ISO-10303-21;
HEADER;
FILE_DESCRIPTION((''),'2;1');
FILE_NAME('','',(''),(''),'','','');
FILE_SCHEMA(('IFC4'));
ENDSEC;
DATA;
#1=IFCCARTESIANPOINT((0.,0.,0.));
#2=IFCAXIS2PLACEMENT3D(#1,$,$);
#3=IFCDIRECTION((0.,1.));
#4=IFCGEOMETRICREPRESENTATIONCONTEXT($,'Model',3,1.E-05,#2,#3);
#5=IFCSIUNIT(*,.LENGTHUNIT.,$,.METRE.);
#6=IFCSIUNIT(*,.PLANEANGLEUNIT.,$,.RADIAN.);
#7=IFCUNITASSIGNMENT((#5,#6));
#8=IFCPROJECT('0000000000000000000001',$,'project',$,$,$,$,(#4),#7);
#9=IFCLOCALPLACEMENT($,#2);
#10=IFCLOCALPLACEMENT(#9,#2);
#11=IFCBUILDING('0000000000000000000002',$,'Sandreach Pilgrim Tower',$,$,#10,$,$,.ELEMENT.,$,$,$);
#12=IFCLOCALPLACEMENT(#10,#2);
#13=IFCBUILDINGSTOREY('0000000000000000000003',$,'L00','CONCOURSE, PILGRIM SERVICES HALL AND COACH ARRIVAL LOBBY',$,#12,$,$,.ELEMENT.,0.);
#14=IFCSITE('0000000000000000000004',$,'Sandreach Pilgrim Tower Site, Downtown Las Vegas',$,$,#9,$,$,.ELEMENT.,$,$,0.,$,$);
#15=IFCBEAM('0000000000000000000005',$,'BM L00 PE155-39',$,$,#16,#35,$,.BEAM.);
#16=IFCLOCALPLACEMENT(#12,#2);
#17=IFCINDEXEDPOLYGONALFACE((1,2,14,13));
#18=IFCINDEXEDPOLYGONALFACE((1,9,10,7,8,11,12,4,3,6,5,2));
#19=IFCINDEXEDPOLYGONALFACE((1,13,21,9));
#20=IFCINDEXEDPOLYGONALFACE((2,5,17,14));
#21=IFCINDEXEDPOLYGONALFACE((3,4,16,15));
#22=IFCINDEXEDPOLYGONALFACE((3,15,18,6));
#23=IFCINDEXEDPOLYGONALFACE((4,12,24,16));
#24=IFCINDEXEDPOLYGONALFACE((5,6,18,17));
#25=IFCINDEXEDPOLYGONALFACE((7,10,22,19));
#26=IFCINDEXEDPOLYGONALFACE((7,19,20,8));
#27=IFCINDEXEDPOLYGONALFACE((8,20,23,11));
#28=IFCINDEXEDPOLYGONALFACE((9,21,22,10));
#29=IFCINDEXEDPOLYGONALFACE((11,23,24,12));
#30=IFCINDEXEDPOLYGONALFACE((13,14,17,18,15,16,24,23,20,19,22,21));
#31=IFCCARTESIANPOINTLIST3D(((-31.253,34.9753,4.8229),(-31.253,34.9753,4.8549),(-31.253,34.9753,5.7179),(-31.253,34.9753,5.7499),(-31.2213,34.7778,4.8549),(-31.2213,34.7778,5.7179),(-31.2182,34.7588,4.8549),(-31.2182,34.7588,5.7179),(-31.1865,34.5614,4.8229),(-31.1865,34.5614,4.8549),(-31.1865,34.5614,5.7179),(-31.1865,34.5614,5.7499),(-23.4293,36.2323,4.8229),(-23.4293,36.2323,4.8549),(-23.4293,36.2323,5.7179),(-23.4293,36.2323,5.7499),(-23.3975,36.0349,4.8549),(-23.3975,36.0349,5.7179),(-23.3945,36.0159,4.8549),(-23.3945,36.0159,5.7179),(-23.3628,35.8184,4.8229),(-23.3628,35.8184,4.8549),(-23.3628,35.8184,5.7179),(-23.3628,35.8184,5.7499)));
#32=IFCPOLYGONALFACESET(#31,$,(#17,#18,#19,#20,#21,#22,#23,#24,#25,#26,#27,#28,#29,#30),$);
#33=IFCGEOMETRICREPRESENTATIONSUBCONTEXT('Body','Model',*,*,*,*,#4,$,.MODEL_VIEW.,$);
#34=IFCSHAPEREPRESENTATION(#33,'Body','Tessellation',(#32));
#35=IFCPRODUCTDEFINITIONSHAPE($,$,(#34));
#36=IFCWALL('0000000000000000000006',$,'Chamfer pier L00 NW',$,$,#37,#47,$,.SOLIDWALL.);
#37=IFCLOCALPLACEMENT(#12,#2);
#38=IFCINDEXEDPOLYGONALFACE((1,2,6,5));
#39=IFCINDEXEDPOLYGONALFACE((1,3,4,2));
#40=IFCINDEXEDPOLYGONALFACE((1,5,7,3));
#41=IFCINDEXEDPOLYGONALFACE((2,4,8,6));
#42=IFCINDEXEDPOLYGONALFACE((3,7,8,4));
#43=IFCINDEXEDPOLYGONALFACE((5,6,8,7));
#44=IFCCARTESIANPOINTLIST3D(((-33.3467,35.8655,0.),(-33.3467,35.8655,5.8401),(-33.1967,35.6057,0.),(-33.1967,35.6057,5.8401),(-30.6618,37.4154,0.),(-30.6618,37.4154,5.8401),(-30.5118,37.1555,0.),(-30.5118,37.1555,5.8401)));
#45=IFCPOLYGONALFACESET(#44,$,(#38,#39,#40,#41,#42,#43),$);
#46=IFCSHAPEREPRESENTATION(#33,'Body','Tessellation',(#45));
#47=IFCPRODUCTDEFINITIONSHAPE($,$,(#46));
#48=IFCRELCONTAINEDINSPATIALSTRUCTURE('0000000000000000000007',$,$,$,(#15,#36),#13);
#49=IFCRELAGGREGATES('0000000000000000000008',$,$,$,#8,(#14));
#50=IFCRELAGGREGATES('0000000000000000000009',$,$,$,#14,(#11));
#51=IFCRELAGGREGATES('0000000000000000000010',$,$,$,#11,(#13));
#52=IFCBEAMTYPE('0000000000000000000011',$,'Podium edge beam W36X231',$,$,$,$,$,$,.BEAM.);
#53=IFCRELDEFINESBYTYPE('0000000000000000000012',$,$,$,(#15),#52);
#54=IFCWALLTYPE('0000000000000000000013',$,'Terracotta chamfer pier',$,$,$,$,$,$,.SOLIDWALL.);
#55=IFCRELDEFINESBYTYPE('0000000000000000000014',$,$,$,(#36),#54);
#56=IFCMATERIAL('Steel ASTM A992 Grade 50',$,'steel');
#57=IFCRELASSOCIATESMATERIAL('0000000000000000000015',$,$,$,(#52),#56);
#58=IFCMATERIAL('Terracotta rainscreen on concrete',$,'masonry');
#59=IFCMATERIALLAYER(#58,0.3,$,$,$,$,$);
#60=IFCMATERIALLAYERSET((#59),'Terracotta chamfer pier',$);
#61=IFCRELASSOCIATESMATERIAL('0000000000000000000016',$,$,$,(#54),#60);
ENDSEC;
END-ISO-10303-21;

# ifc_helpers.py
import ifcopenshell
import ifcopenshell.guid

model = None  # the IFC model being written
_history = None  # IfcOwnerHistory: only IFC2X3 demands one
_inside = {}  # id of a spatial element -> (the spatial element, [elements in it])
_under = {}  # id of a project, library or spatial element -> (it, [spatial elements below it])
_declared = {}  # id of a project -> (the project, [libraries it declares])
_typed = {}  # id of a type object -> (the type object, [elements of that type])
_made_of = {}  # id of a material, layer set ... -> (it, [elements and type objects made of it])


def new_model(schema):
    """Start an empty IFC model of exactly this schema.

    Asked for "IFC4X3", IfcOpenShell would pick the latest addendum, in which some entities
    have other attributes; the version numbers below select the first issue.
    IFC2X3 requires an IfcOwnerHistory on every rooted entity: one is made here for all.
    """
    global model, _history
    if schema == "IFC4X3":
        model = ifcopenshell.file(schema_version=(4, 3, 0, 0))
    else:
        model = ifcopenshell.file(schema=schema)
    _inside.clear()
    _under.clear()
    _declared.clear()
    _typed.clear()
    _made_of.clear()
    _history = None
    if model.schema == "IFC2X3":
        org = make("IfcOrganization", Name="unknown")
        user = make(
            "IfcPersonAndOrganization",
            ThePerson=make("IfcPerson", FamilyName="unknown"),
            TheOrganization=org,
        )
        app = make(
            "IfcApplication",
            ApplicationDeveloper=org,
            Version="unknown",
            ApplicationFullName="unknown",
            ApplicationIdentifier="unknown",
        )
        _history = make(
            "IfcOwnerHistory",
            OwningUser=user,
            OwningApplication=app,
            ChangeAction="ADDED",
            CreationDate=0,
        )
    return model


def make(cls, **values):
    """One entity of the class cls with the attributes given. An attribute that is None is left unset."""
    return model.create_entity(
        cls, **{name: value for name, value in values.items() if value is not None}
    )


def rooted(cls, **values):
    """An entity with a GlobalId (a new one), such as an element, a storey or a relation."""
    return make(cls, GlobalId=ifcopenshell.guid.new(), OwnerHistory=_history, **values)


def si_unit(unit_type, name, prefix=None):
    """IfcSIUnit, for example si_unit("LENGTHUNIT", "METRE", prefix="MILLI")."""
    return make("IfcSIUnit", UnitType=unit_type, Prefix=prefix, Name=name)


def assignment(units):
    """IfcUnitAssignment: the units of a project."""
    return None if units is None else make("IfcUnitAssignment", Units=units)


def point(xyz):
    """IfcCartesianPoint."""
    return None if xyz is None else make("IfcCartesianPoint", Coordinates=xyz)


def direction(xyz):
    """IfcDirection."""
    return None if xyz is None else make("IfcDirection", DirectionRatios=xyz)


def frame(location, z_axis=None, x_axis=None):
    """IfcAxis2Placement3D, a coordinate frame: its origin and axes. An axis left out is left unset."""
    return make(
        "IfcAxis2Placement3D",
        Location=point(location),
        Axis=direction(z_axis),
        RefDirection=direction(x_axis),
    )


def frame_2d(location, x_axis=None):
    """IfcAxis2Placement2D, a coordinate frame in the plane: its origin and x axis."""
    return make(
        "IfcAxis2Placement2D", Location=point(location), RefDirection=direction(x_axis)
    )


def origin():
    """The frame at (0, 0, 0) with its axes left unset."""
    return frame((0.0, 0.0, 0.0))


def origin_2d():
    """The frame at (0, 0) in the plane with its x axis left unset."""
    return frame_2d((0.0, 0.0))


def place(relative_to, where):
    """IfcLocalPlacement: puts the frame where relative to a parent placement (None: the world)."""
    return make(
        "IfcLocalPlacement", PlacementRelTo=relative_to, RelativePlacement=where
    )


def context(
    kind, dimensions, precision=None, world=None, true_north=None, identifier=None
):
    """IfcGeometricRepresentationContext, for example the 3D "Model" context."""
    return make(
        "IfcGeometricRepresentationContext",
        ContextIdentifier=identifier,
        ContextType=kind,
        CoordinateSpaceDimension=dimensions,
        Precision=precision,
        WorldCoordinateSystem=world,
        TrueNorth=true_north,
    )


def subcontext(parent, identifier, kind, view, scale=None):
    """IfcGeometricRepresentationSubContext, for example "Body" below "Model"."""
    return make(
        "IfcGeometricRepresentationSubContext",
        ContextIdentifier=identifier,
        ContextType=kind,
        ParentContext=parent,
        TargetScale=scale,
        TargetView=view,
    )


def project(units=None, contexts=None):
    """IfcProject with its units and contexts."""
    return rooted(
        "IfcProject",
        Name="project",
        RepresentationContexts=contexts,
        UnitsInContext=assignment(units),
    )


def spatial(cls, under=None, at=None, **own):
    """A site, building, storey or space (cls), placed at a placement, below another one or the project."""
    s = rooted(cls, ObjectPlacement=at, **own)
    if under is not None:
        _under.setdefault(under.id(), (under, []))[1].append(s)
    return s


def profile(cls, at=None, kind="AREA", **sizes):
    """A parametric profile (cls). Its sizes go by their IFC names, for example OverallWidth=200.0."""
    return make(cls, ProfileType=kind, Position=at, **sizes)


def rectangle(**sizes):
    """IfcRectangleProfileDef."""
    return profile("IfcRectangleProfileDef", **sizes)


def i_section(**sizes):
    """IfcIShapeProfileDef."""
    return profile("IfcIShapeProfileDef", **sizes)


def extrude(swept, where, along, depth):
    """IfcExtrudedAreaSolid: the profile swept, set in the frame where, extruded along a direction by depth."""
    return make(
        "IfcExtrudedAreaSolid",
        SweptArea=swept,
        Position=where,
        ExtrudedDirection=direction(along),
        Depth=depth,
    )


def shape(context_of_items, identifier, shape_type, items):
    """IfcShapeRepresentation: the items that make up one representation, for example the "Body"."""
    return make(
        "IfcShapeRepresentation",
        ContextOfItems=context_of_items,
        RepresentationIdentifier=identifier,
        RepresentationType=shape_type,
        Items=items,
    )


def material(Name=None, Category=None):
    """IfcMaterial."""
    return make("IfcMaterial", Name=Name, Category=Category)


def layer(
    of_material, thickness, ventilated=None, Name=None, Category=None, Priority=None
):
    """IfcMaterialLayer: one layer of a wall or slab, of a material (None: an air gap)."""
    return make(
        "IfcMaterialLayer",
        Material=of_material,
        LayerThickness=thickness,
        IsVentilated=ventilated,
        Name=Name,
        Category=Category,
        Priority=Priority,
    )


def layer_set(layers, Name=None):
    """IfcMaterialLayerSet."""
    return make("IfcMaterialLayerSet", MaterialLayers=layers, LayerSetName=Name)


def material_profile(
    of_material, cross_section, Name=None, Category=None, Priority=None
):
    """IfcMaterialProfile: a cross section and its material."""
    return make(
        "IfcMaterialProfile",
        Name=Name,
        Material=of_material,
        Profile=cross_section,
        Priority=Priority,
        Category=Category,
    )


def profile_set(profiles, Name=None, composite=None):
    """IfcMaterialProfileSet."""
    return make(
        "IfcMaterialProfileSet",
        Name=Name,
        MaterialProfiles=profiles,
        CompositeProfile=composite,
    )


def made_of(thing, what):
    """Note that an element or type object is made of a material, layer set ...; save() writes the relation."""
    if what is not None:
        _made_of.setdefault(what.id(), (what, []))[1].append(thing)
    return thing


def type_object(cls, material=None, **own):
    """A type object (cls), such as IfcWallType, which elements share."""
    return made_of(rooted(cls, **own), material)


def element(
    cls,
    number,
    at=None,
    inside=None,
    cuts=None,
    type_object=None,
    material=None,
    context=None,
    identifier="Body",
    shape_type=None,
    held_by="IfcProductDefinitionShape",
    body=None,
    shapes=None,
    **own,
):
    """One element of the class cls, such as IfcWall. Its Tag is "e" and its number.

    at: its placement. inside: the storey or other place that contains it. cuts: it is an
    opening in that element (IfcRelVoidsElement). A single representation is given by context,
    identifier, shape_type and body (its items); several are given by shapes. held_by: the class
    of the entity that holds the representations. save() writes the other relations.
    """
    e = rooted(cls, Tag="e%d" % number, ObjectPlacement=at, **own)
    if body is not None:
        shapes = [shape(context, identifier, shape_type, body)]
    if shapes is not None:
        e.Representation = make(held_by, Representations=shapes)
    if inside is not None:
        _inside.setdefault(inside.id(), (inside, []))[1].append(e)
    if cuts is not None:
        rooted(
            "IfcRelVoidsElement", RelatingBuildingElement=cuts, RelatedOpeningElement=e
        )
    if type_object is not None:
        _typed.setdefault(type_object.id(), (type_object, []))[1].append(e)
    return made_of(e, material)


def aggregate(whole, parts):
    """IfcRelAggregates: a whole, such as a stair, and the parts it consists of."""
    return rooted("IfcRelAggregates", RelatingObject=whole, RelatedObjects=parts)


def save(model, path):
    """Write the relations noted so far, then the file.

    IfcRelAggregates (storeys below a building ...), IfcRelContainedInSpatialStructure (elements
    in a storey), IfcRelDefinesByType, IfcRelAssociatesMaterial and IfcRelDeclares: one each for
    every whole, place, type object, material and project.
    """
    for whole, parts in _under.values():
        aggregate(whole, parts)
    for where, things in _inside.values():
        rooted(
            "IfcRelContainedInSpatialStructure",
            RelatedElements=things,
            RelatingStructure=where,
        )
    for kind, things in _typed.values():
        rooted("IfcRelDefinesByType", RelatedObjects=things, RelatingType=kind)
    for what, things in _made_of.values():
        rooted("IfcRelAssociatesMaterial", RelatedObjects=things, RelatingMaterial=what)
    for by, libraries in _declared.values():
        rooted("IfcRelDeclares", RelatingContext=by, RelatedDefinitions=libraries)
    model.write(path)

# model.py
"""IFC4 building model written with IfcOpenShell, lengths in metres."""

from ifc_helpers import new_model, si_unit, direction, frame, frame_2d, origin, origin_2d, place, context, subcontext, project, spatial, rectangle, i_section, extrude, material, layer, layer_set, material_profile, profile_set, type_object, element, save


model = new_model("IFC4")

# Units and contexts
model_context = context("Model", 3, precision=1e-05, world=origin(), true_north=direction((0.0, 1.0)))
body_context = subcontext(model_context, "Body", "Model", "MODEL_VIEW")
ifc_project = project(units=[si_unit("LENGTHUNIT", "METRE"), si_unit("PLANEANGLEUNIT", "RADIAN")], contexts=[model_context])

# Site, building, storey
site_placement = place(None, origin())
site = spatial("IfcSite", under=ifc_project, at=site_placement, Name="Sandreach Pilgrim Tower Site, Downtown Las Vegas", CompositionType="ELEMENT", RefElevation=0.0)
building_placement = place(site_placement, origin())
building = spatial("IfcBuilding", under=site, at=building_placement, Name="Sandreach Pilgrim Tower", CompositionType="ELEMENT")
storey_placement = place(building_placement, origin())
storey = spatial("IfcBuildingStorey", under=building, at=storey_placement, Name="L00", Description="CONCOURSE, PILGRIM SERVICES HALL AND COACH ARRIVAL LOBBY", CompositionType="ELEMENT", Elevation=0.0)

# Beam
ifc_material_1 = material(Name="Steel ASTM A992 Grade 50", Category="steel")
ifc_material_profile_1 = material_profile(ifc_material_1, i_section(OverallWidth=0.4192, OverallDepth=0.927, WebThickness=0.0193, FlangeThickness=0.032, at=origin_2d()), Name="W36X231")
ifc_profile_set_1 = profile_set([ifc_material_profile_1], Name="Steel ASTM A992 Grade 50")
beam_type_1 = type_object("IfcBeamType", Name="Podium edge beam W36X231", PredefinedType="BEAM", material=ifc_profile_set_1)
beam_1_placement = place(storey_placement, frame((-31.2197, 34.7683, 5.2864), z_axis=(0.987336, 0.158641, 0.0), x_axis=(-0.158641, 0.987336, 0.0)))
element("IfcBeam", 1, at=beam_1_placement, inside=storey, type_object=beam_type_1, Name="BM L00 PE155-39", PredefinedType="BEAM", context=body_context, shape_type="SweptSolid", body=[
    extrude(i_section(OverallWidth=0.4192, OverallDepth=0.927, WebThickness=0.0193, FlangeThickness=0.032, at=origin_2d()), origin(), (0.0, 0.0, 1.0), 7.9241),
])

# Wall
ifc_material_2 = material(Name="Terracotta rainscreen on concrete", Category="masonry")
ifc_layer_1 = layer(ifc_material_2, 0.3)
ifc_layer_set_1 = layer_set([ifc_layer_1], Name="Terracotta chamfer pier")
wall_type_1 = type_object("IfcWallType", Name="Terracotta chamfer pier", PredefinedType="SOLIDWALL", material=ifc_layer_set_1)
wall_1_placement = place(storey_placement, frame((-33.2717, 35.7356, 0.0), z_axis=(0.0, 0.0, 1.0), x_axis=(0.866064, 0.499934, 0.0)))
element("IfcWall", 2, at=wall_1_placement, inside=storey, type_object=wall_type_1, Name="Chamfer pier L00 NW", PredefinedType="SOLIDWALL", context=body_context, shape_type="SweptSolid", body=[
    extrude(rectangle(XDim=3.1001, YDim=0.3, at=frame_2d((1.55, 0.0))), origin(), (0.0, 0.0, 1.0), 5.8401),
])

save(model, "model.ifc")
